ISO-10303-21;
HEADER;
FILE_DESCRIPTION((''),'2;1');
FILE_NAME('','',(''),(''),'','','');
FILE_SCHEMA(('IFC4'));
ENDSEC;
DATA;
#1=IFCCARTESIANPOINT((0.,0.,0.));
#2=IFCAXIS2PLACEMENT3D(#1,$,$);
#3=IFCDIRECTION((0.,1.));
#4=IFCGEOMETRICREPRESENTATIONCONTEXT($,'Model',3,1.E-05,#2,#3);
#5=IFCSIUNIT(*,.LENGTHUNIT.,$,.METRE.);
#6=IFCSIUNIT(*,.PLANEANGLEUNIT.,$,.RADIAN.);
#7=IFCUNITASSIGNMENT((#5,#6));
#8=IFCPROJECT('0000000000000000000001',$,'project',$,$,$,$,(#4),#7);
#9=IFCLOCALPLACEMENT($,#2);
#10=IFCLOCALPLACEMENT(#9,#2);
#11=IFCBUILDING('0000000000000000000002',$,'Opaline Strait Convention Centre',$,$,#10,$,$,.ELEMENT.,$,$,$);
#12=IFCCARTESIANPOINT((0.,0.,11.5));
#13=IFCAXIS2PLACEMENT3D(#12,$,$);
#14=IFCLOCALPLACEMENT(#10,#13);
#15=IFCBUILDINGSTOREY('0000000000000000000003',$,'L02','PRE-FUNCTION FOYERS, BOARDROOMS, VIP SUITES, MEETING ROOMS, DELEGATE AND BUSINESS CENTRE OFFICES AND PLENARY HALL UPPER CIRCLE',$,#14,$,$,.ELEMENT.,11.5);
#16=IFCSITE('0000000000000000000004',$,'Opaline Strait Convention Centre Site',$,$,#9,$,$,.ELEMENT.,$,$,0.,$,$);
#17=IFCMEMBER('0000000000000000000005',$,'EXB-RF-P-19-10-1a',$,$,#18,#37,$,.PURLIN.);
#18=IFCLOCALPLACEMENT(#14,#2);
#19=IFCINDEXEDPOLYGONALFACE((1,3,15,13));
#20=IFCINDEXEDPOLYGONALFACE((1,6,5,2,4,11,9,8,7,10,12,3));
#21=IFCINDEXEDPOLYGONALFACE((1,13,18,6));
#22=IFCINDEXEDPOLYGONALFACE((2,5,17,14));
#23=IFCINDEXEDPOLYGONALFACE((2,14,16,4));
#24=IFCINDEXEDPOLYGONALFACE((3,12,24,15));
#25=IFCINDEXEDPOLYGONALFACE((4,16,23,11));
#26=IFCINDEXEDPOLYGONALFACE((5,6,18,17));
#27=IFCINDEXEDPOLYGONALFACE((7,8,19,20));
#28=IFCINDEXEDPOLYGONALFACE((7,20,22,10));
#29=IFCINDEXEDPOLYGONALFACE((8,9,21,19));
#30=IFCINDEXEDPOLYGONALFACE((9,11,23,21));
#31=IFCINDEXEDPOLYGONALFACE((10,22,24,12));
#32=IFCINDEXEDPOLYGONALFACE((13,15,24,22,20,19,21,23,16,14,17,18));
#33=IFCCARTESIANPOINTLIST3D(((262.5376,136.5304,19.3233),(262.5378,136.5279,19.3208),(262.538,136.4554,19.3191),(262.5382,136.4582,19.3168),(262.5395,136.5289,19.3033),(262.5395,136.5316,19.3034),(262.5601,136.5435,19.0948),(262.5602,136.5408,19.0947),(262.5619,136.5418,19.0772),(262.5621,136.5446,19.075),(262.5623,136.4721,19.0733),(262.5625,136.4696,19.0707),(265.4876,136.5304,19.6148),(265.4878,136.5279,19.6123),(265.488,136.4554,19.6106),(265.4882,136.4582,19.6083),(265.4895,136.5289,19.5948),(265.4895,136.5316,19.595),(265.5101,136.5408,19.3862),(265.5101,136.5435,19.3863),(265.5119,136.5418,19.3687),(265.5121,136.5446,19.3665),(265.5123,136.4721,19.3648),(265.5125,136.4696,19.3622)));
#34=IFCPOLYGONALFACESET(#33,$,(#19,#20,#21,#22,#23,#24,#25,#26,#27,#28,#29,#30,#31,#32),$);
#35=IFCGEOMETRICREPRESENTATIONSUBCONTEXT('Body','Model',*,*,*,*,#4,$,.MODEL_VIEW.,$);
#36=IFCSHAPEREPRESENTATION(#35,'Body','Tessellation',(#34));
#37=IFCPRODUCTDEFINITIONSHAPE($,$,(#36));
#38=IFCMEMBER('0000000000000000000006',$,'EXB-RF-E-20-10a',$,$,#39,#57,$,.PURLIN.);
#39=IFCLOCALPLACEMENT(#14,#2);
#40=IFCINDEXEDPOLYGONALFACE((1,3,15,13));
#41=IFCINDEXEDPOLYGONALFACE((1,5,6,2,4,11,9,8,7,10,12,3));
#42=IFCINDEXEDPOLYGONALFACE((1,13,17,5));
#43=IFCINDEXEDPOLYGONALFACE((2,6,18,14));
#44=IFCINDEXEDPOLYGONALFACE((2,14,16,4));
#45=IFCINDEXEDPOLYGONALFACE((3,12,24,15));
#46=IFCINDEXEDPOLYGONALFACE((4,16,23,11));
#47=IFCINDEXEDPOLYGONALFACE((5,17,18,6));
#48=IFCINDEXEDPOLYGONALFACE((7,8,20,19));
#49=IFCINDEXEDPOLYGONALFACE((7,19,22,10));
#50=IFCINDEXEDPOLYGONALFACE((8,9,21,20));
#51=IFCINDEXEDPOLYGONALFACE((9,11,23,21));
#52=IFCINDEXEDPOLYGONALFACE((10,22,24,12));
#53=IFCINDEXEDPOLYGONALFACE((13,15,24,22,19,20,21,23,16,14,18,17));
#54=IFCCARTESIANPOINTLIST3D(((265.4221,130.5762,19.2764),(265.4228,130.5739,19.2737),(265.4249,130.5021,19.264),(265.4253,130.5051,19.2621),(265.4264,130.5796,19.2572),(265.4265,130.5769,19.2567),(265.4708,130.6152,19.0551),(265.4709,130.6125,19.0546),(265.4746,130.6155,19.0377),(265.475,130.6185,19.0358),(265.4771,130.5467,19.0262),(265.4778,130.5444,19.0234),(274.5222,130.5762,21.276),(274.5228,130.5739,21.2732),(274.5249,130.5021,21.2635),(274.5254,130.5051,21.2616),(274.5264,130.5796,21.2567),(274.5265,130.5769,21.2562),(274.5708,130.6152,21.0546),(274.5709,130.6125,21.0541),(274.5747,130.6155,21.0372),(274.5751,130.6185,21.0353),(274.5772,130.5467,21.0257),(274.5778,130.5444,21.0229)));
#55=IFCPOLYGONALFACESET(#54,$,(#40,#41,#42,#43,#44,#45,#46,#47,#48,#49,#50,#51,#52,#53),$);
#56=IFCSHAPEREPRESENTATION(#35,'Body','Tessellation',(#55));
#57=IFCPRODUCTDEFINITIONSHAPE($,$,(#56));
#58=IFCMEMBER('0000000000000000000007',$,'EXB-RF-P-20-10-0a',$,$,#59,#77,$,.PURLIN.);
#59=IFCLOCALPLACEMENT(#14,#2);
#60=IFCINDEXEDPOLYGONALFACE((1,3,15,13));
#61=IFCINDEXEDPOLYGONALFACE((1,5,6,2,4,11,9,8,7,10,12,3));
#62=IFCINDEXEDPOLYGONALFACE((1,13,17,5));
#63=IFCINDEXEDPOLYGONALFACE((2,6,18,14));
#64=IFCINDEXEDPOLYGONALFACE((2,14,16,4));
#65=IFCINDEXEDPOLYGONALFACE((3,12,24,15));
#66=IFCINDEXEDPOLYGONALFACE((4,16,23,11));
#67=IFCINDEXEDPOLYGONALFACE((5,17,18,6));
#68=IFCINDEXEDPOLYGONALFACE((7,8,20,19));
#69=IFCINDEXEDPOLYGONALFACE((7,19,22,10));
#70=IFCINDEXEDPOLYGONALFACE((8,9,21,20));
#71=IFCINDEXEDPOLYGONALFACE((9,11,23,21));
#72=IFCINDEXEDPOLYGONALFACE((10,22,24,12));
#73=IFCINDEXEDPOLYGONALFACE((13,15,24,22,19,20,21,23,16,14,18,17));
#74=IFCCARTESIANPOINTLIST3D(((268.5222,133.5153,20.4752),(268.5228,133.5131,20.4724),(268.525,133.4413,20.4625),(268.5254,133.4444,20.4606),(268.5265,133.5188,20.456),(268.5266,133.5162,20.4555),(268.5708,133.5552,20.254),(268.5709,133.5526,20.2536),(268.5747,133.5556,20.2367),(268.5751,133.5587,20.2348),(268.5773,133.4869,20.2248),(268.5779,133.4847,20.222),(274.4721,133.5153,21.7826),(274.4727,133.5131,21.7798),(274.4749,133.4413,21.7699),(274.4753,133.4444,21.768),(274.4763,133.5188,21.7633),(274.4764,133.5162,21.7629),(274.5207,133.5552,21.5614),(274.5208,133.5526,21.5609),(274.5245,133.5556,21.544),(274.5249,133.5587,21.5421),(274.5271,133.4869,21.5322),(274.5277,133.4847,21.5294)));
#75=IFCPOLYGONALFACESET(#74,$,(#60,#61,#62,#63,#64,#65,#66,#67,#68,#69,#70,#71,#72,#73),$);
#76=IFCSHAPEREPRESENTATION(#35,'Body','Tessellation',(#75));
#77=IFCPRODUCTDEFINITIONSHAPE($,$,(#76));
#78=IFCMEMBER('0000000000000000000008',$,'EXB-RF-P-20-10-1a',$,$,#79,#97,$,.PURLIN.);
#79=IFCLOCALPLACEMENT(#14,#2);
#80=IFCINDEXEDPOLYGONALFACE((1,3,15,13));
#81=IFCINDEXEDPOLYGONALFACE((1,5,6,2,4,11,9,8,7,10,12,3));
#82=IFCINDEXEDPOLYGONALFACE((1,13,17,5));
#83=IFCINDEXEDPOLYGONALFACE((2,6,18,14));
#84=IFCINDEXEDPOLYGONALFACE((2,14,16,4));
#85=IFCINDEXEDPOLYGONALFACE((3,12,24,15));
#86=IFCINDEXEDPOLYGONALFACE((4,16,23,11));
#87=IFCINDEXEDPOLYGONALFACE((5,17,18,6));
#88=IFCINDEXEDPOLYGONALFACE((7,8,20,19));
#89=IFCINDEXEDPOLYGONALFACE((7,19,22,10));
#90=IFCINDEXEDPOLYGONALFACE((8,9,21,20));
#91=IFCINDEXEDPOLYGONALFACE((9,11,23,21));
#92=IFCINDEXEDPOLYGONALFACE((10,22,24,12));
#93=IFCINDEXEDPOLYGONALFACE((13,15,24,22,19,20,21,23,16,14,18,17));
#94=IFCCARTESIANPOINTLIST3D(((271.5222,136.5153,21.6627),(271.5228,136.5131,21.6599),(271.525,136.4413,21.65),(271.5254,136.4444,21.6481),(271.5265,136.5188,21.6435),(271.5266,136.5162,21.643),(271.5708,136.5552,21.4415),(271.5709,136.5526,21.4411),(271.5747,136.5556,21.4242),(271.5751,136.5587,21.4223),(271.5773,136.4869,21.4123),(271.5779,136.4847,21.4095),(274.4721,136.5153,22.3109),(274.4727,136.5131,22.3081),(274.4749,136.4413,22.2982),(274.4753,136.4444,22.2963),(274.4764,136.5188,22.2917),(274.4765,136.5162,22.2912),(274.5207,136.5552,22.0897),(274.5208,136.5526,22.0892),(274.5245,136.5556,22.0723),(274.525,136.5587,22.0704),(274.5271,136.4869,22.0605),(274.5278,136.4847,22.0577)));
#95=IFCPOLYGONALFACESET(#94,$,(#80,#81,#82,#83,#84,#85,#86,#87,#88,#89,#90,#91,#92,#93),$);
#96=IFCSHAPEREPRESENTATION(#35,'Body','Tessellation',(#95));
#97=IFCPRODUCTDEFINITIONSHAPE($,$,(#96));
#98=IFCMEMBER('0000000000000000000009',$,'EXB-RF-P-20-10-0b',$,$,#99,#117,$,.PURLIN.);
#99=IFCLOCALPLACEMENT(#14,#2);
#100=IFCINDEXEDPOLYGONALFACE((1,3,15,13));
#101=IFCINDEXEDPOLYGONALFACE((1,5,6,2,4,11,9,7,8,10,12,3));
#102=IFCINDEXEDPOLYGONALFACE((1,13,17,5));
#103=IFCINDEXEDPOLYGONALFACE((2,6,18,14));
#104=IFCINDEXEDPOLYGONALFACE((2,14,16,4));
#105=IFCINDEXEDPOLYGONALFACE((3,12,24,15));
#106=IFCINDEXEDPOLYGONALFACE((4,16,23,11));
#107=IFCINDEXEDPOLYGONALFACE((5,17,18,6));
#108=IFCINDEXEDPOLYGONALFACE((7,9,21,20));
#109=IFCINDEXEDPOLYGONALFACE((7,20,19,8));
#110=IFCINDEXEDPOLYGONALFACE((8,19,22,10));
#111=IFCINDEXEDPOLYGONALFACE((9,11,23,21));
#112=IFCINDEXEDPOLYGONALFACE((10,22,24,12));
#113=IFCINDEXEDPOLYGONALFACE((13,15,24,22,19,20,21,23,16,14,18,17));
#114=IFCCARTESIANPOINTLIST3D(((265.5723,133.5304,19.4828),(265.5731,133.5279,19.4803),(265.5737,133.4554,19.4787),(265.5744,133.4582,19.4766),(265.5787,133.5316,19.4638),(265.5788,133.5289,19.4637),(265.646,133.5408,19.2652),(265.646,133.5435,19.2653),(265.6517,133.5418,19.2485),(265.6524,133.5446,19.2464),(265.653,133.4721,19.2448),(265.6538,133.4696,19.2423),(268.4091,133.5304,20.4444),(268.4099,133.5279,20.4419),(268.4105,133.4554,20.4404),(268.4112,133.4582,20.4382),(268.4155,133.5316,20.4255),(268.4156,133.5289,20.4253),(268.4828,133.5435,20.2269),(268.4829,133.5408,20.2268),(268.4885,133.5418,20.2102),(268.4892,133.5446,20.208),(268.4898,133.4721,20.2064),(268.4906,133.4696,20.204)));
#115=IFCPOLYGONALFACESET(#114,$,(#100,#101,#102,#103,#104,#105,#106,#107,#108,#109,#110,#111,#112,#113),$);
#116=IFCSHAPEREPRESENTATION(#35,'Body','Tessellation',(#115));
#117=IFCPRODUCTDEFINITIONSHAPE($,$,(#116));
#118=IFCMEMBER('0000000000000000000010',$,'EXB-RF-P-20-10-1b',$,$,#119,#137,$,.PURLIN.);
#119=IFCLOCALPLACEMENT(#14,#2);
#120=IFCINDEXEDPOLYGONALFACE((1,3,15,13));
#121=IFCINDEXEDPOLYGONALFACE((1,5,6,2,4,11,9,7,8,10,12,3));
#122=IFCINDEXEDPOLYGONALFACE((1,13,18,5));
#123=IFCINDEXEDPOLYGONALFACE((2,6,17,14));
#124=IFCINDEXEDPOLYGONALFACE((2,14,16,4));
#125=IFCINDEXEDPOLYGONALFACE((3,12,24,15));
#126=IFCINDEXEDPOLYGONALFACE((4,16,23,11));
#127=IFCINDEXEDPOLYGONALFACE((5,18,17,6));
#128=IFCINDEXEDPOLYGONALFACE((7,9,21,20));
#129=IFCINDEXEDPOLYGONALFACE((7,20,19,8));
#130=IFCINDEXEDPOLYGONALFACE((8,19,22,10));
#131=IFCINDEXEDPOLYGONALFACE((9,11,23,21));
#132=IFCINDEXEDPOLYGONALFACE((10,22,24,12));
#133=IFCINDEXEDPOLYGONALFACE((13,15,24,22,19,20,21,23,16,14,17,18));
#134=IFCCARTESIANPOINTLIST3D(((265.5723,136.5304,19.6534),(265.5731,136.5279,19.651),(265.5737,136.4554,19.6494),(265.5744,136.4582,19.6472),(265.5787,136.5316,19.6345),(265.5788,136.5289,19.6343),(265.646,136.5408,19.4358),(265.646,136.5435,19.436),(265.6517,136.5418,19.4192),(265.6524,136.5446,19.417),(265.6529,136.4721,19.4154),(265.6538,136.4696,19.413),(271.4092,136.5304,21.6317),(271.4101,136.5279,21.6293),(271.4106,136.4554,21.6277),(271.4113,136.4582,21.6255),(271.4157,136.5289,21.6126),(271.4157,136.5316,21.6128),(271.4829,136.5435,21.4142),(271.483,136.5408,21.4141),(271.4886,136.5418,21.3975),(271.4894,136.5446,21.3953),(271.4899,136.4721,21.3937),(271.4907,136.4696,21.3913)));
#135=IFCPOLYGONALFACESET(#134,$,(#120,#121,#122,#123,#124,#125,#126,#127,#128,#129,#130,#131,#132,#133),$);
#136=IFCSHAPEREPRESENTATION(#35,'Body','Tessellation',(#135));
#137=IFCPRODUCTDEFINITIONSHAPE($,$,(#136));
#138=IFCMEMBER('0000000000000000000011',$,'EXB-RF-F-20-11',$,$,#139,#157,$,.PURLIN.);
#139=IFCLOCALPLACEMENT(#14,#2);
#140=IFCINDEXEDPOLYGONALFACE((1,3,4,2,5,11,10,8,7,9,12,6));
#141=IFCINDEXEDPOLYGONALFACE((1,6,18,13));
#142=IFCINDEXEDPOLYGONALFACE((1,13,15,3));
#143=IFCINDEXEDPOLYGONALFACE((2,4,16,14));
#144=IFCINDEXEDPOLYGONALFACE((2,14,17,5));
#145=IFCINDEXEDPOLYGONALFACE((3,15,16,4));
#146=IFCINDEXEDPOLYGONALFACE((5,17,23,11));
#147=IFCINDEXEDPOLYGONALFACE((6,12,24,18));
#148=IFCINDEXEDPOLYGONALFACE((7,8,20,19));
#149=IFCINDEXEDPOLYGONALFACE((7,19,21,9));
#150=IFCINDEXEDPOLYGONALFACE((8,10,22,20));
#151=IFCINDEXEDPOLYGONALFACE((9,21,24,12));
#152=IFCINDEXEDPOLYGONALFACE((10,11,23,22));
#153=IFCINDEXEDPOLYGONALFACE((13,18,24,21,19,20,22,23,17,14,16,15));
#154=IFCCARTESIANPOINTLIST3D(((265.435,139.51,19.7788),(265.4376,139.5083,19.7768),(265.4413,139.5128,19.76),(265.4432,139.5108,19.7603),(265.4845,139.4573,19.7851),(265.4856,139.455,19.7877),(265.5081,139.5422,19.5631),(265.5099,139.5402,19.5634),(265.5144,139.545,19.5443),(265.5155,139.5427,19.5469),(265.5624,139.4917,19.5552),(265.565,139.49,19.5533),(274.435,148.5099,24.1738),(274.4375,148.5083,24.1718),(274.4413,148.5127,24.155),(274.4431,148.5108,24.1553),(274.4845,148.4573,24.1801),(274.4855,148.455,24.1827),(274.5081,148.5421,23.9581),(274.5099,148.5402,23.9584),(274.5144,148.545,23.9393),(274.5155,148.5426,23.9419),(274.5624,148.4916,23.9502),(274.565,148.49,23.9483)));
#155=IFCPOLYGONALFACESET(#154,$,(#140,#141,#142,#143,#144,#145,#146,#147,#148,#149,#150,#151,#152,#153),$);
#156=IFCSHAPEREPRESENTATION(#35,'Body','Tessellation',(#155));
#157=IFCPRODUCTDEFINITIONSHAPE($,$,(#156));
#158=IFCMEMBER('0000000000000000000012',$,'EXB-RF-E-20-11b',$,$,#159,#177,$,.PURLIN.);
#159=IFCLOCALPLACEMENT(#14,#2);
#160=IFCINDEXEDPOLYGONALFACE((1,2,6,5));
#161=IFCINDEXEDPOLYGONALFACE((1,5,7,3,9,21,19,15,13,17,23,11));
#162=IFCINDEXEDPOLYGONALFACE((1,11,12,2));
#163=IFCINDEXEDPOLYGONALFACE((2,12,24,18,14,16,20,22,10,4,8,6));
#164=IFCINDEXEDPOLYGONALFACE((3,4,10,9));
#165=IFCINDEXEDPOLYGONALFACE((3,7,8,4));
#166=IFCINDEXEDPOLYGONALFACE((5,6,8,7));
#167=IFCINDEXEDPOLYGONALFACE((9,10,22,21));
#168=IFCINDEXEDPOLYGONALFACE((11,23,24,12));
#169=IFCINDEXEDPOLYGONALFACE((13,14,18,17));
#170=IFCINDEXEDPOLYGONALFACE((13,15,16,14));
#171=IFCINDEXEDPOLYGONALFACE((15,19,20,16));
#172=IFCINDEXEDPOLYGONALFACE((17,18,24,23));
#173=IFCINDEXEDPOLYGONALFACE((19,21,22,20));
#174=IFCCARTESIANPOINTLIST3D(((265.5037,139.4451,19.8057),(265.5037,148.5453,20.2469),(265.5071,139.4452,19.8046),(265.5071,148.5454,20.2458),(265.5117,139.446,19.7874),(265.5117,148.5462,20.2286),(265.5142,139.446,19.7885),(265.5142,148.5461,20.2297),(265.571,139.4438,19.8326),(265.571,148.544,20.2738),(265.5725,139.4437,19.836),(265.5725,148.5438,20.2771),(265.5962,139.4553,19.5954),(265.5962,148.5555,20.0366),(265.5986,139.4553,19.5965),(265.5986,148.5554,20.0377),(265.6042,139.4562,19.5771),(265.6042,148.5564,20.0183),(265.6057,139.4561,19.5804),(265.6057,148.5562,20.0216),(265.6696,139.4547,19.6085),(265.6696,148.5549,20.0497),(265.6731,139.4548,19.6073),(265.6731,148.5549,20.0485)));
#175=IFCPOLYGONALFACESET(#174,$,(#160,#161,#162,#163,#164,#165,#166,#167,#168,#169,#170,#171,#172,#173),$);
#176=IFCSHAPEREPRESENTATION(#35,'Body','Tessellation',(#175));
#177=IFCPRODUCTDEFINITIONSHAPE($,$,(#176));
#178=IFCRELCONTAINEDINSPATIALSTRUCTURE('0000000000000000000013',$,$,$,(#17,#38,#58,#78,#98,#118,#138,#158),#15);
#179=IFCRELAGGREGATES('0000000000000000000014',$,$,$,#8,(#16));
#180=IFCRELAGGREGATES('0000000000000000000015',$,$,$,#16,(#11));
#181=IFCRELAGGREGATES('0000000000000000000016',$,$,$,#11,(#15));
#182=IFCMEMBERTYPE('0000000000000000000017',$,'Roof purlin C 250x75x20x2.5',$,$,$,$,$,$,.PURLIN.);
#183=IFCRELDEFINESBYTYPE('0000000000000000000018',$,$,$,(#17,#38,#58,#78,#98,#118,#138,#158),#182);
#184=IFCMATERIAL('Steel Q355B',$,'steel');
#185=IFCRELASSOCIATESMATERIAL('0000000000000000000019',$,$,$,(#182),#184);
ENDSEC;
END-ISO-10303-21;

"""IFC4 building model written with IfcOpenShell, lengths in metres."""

from ifc_helpers import new_model, si_unit, direction, frame, origin, place, context, subcontext, project, spatial, polyline, outline, extrude, material, material_profile, profile_set, type_object, element, save


model = new_model("IFC4")

# Units and contexts
model_context = context("Model", 3, precision=1e-05, world=origin(), true_north=direction((0.0, 1.0)))
body_context = subcontext(model_context, "Body", "Model", "MODEL_VIEW")
ifc_project = project(units=[si_unit("LENGTHUNIT", "METRE"), si_unit("PLANEANGLEUNIT", "RADIAN")], contexts=[model_context])

# Site, building, storey
site_placement = place(None, origin())
site = spatial("IfcSite", under=ifc_project, at=site_placement, Name="Opaline Strait Convention Centre Site", CompositionType="ELEMENT", RefElevation=0.0)
building_placement = place(site_placement, origin())
building = spatial("IfcBuilding", under=site, at=building_placement, Name="Opaline Strait Convention Centre", CompositionType="ELEMENT")
storey_placement = place(building_placement, frame((0.0, 0.0, 11.5)))
storey = spatial("IfcBuildingStorey", under=building, at=storey_placement, Name="L02", Description="PRE-FUNCTION FOYERS, BOARDROOMS, VIP SUITES, MEETING ROOMS, DELEGATE AND BUSINESS CENTRE OFFICES AND PLENARY HALL UPPER CIRCLE", CompositionType="ELEMENT", Elevation=11.5)

# Members
ifc_material_1 = material(Name="Steel Q355B", Category="steel")
ifc_material_profile_1 = material_profile(ifc_material_1, outline(polyline([(-0.0376, -0.125), (0.0376, -0.125), (0.0376, -0.105), (0.0349, -0.105), (0.0349, -0.1226), (-0.0349, -0.1226), (-0.0349, 0.1226), (0.0349, 0.1226), (0.0349, 0.105), (0.0376, 0.105), (0.0376, 0.125), (-0.0376, 0.125), (-0.0376, -0.125)])), Name="C 250x75x20x2.5")
ifc_profile_set_1 = profile_set([ifc_material_profile_1], Name="Steel Q355B")
member_type_1 = type_object("IfcMemberType", Name="Roof purlin C 250x75x20x2.5", PredefinedType="PURLIN", material=ifc_profile_set_1)
member_1_placement = place(storey_placement, frame((262.55, 136.5, 19.197), z_axis=(0.995153, 0.0, 0.098338), x_axis=(-0.005583, 0.998387, 0.056494)))
element("IfcMember", 1, at=member_1_placement, inside=storey, type_object=member_type_1, Name="EXB-RF-P-19-10-1a", PredefinedType="PURLIN", context=body_context, shape_type="SweptSolid", body=[
    extrude(outline(polyline([(-0.0376, -0.125), (0.0376, -0.125), (0.0376, -0.105), (0.0349, -0.105), (0.0349, -0.1226), (-0.0349, -0.1226), (-0.0349, 0.1226), (0.0349, 0.1226), (0.0349, 0.105), (0.0376, 0.105), (0.0376, 0.125), (-0.0376, 0.125), (-0.0376, -0.125)])), origin(), (0.0, 0.0, 1.0), 2.9644),
])
member_2_placement = place(storey_placement, frame((265.45, 130.5603, 19.1499), z_axis=(0.976701, 0.0, 0.214605), x_axis=(-0.036376, 0.98553, 0.165553)))
element("IfcMember", 2, at=member_2_placement, inside=storey, type_object=member_type_1, Name="EXB-RF-E-20-10a", PredefinedType="PURLIN", context=body_context, shape_type="SweptSolid", body=[
    extrude(outline(polyline([(-0.0376, -0.125), (0.0376, -0.125), (0.0376, -0.105), (0.0349, -0.105), (0.0349, -0.1226), (-0.0349, -0.1226), (-0.0349, 0.1226), (0.0349, 0.1226), (0.0349, 0.105), (0.0376, 0.105), (0.0376, 0.125), (-0.0376, 0.125), (-0.0376, -0.125)])), origin(), (0.0, 0.0, 1.0), 9.3171),
])
member_3_placement = place(storey_placement, frame((268.55, 133.5, 20.3486), z_axis=(0.9767, 0.0, 0.214609), x_axis=(-0.037218, 0.984847, 0.169384)))
element("IfcMember", 3, at=member_3_placement, inside=storey, type_object=member_type_1, Name="EXB-RF-P-20-10-0a", PredefinedType="PURLIN", context=body_context, shape_type="SweptSolid", body=[
    extrude(outline(polyline([(-0.0376, -0.125), (0.0376, -0.125), (0.0376, -0.105), (0.0349, -0.105), (0.0349, -0.1226), (-0.0349, -0.1226), (-0.0349, 0.1226), (0.0349, 0.1226), (0.0349, 0.105), (0.0376, 0.105), (0.0376, 0.125), (-0.0376, 0.125), (-0.0376, -0.125)])), origin(), (0.0, 0.0, 1.0), 6.0918),
])
member_4_placement = place(storey_placement, frame((271.55, 136.5, 21.5361), z_axis=(0.9767, 0.0, 0.21461), x_axis=(-0.037219, 0.984847, 0.169384)))
element("IfcMember", 4, at=member_4_placement, inside=storey, type_object=member_type_1, Name="EXB-RF-P-20-10-1a", PredefinedType="PURLIN", context=body_context, shape_type="SweptSolid", body=[
    extrude(outline(polyline([(-0.0376, -0.125), (0.0376, -0.125), (0.0376, -0.105), (0.0349, -0.105), (0.0349, -0.1226), (-0.0349, -0.1226), (-0.0349, 0.1226), (0.0349, 0.1226), (0.0349, 0.105), (0.0376, 0.105), (0.0376, 0.125), (-0.0376, 0.125), (-0.0376, -0.125)])), origin(), (0.0, 0.0, 1.0), 3.0203),
])
member_5_placement = place(storey_placement, frame((265.613, 133.5, 19.3625), z_axis=(0.947065, 0.0, 0.321041), x_axis=(-0.018225, 0.998387, 0.053764)))
element("IfcMember", 5, at=member_5_placement, inside=storey, type_object=member_type_1, Name="EXB-RF-P-20-10-0b", PredefinedType="PURLIN", context=body_context, shape_type="SweptSolid", body=[
    extrude(outline(polyline([(-0.0376, -0.125), (0.0376, -0.125), (0.0376, -0.105), (0.0349, -0.105), (0.0349, -0.1226), (-0.0349, -0.1226), (-0.0349, 0.1226), (0.0349, 0.1226), (0.0349, 0.105), (0.0376, 0.105), (0.0376, 0.125), (-0.0376, 0.125), (-0.0376, -0.125)])), origin(), (0.0, 0.0, 1.0), 2.9954),
])
member_6_placement = place(storey_placement, frame((265.613, 136.5, 19.5332), z_axis=(0.947083, 0.0, 0.320989), x_axis=(-0.018222, 0.998387, 0.053765)))
element("IfcMember", 6, at=member_6_placement, inside=storey, type_object=member_type_1, Name="EXB-RF-P-20-10-1b", PredefinedType="PURLIN", context=body_context, shape_type="SweptSolid", body=[
    extrude(outline(polyline([(-0.0376, -0.125), (0.0376, -0.125), (0.0376, -0.105), (0.0349, -0.105), (0.0349, -0.1226), (-0.0349, -0.1226), (-0.0349, 0.1226), (0.0349, 0.1226), (0.0349, 0.105), (0.0376, 0.105), (0.0376, 0.125), (-0.0376, 0.125), (-0.0376, -0.125)])), origin(), (0.0, 0.0, 1.0), 6.1631),
])
member_7_placement = place(storey_placement, frame((265.5, 139.5, 19.666), z_axis=(0.668381, 0.668381, 0.326394), x_axis=(-0.672492, 0.730507, -0.118801)))
element("IfcMember", 7, at=member_7_placement, inside=storey, type_object=member_type_1, Name="EXB-RF-F-20-11", PredefinedType="PURLIN", context=body_context, shape_type="SweptSolid", body=[
    extrude(outline(polyline([(-0.0376, -0.125), (0.0376, -0.125), (0.0376, -0.105), (0.0349, -0.105), (0.0349, -0.1226), (-0.0349, -0.1226), (-0.0349, 0.1226), (0.0349, 0.1226), (0.0349, 0.105), (0.0376, 0.105), (0.0376, 0.125), (-0.0376, 0.125), (-0.0376, -0.125)])), origin(), (0.0, 0.0, 1.0), 13.4653),
])
member_8_placement = place(storey_placement, frame((265.5884, 139.45, 19.7065), z_axis=(0.0, 0.998827, 0.048422), x_axis=(-0.915533, 0.019477, -0.401772)))
element("IfcMember", 8, at=member_8_placement, inside=storey, type_object=member_type_1, Name="EXB-RF-E-20-11b", PredefinedType="PURLIN", context=body_context, shape_type="SweptSolid", body=[
    extrude(outline(polyline([(-0.0376, -0.125), (0.0376, -0.125), (0.0376, -0.105), (0.0349, -0.105), (0.0349, -0.1226), (-0.0349, -0.1226), (-0.0349, 0.1226), (0.0349, 0.1226), (0.0349, 0.105), (0.0376, 0.105), (0.0376, 0.125), (-0.0376, 0.125), (-0.0376, -0.125)])), origin(), (0.0, 0.0, 1.0), 9.1108),
])

save(model, "model.ifc")
